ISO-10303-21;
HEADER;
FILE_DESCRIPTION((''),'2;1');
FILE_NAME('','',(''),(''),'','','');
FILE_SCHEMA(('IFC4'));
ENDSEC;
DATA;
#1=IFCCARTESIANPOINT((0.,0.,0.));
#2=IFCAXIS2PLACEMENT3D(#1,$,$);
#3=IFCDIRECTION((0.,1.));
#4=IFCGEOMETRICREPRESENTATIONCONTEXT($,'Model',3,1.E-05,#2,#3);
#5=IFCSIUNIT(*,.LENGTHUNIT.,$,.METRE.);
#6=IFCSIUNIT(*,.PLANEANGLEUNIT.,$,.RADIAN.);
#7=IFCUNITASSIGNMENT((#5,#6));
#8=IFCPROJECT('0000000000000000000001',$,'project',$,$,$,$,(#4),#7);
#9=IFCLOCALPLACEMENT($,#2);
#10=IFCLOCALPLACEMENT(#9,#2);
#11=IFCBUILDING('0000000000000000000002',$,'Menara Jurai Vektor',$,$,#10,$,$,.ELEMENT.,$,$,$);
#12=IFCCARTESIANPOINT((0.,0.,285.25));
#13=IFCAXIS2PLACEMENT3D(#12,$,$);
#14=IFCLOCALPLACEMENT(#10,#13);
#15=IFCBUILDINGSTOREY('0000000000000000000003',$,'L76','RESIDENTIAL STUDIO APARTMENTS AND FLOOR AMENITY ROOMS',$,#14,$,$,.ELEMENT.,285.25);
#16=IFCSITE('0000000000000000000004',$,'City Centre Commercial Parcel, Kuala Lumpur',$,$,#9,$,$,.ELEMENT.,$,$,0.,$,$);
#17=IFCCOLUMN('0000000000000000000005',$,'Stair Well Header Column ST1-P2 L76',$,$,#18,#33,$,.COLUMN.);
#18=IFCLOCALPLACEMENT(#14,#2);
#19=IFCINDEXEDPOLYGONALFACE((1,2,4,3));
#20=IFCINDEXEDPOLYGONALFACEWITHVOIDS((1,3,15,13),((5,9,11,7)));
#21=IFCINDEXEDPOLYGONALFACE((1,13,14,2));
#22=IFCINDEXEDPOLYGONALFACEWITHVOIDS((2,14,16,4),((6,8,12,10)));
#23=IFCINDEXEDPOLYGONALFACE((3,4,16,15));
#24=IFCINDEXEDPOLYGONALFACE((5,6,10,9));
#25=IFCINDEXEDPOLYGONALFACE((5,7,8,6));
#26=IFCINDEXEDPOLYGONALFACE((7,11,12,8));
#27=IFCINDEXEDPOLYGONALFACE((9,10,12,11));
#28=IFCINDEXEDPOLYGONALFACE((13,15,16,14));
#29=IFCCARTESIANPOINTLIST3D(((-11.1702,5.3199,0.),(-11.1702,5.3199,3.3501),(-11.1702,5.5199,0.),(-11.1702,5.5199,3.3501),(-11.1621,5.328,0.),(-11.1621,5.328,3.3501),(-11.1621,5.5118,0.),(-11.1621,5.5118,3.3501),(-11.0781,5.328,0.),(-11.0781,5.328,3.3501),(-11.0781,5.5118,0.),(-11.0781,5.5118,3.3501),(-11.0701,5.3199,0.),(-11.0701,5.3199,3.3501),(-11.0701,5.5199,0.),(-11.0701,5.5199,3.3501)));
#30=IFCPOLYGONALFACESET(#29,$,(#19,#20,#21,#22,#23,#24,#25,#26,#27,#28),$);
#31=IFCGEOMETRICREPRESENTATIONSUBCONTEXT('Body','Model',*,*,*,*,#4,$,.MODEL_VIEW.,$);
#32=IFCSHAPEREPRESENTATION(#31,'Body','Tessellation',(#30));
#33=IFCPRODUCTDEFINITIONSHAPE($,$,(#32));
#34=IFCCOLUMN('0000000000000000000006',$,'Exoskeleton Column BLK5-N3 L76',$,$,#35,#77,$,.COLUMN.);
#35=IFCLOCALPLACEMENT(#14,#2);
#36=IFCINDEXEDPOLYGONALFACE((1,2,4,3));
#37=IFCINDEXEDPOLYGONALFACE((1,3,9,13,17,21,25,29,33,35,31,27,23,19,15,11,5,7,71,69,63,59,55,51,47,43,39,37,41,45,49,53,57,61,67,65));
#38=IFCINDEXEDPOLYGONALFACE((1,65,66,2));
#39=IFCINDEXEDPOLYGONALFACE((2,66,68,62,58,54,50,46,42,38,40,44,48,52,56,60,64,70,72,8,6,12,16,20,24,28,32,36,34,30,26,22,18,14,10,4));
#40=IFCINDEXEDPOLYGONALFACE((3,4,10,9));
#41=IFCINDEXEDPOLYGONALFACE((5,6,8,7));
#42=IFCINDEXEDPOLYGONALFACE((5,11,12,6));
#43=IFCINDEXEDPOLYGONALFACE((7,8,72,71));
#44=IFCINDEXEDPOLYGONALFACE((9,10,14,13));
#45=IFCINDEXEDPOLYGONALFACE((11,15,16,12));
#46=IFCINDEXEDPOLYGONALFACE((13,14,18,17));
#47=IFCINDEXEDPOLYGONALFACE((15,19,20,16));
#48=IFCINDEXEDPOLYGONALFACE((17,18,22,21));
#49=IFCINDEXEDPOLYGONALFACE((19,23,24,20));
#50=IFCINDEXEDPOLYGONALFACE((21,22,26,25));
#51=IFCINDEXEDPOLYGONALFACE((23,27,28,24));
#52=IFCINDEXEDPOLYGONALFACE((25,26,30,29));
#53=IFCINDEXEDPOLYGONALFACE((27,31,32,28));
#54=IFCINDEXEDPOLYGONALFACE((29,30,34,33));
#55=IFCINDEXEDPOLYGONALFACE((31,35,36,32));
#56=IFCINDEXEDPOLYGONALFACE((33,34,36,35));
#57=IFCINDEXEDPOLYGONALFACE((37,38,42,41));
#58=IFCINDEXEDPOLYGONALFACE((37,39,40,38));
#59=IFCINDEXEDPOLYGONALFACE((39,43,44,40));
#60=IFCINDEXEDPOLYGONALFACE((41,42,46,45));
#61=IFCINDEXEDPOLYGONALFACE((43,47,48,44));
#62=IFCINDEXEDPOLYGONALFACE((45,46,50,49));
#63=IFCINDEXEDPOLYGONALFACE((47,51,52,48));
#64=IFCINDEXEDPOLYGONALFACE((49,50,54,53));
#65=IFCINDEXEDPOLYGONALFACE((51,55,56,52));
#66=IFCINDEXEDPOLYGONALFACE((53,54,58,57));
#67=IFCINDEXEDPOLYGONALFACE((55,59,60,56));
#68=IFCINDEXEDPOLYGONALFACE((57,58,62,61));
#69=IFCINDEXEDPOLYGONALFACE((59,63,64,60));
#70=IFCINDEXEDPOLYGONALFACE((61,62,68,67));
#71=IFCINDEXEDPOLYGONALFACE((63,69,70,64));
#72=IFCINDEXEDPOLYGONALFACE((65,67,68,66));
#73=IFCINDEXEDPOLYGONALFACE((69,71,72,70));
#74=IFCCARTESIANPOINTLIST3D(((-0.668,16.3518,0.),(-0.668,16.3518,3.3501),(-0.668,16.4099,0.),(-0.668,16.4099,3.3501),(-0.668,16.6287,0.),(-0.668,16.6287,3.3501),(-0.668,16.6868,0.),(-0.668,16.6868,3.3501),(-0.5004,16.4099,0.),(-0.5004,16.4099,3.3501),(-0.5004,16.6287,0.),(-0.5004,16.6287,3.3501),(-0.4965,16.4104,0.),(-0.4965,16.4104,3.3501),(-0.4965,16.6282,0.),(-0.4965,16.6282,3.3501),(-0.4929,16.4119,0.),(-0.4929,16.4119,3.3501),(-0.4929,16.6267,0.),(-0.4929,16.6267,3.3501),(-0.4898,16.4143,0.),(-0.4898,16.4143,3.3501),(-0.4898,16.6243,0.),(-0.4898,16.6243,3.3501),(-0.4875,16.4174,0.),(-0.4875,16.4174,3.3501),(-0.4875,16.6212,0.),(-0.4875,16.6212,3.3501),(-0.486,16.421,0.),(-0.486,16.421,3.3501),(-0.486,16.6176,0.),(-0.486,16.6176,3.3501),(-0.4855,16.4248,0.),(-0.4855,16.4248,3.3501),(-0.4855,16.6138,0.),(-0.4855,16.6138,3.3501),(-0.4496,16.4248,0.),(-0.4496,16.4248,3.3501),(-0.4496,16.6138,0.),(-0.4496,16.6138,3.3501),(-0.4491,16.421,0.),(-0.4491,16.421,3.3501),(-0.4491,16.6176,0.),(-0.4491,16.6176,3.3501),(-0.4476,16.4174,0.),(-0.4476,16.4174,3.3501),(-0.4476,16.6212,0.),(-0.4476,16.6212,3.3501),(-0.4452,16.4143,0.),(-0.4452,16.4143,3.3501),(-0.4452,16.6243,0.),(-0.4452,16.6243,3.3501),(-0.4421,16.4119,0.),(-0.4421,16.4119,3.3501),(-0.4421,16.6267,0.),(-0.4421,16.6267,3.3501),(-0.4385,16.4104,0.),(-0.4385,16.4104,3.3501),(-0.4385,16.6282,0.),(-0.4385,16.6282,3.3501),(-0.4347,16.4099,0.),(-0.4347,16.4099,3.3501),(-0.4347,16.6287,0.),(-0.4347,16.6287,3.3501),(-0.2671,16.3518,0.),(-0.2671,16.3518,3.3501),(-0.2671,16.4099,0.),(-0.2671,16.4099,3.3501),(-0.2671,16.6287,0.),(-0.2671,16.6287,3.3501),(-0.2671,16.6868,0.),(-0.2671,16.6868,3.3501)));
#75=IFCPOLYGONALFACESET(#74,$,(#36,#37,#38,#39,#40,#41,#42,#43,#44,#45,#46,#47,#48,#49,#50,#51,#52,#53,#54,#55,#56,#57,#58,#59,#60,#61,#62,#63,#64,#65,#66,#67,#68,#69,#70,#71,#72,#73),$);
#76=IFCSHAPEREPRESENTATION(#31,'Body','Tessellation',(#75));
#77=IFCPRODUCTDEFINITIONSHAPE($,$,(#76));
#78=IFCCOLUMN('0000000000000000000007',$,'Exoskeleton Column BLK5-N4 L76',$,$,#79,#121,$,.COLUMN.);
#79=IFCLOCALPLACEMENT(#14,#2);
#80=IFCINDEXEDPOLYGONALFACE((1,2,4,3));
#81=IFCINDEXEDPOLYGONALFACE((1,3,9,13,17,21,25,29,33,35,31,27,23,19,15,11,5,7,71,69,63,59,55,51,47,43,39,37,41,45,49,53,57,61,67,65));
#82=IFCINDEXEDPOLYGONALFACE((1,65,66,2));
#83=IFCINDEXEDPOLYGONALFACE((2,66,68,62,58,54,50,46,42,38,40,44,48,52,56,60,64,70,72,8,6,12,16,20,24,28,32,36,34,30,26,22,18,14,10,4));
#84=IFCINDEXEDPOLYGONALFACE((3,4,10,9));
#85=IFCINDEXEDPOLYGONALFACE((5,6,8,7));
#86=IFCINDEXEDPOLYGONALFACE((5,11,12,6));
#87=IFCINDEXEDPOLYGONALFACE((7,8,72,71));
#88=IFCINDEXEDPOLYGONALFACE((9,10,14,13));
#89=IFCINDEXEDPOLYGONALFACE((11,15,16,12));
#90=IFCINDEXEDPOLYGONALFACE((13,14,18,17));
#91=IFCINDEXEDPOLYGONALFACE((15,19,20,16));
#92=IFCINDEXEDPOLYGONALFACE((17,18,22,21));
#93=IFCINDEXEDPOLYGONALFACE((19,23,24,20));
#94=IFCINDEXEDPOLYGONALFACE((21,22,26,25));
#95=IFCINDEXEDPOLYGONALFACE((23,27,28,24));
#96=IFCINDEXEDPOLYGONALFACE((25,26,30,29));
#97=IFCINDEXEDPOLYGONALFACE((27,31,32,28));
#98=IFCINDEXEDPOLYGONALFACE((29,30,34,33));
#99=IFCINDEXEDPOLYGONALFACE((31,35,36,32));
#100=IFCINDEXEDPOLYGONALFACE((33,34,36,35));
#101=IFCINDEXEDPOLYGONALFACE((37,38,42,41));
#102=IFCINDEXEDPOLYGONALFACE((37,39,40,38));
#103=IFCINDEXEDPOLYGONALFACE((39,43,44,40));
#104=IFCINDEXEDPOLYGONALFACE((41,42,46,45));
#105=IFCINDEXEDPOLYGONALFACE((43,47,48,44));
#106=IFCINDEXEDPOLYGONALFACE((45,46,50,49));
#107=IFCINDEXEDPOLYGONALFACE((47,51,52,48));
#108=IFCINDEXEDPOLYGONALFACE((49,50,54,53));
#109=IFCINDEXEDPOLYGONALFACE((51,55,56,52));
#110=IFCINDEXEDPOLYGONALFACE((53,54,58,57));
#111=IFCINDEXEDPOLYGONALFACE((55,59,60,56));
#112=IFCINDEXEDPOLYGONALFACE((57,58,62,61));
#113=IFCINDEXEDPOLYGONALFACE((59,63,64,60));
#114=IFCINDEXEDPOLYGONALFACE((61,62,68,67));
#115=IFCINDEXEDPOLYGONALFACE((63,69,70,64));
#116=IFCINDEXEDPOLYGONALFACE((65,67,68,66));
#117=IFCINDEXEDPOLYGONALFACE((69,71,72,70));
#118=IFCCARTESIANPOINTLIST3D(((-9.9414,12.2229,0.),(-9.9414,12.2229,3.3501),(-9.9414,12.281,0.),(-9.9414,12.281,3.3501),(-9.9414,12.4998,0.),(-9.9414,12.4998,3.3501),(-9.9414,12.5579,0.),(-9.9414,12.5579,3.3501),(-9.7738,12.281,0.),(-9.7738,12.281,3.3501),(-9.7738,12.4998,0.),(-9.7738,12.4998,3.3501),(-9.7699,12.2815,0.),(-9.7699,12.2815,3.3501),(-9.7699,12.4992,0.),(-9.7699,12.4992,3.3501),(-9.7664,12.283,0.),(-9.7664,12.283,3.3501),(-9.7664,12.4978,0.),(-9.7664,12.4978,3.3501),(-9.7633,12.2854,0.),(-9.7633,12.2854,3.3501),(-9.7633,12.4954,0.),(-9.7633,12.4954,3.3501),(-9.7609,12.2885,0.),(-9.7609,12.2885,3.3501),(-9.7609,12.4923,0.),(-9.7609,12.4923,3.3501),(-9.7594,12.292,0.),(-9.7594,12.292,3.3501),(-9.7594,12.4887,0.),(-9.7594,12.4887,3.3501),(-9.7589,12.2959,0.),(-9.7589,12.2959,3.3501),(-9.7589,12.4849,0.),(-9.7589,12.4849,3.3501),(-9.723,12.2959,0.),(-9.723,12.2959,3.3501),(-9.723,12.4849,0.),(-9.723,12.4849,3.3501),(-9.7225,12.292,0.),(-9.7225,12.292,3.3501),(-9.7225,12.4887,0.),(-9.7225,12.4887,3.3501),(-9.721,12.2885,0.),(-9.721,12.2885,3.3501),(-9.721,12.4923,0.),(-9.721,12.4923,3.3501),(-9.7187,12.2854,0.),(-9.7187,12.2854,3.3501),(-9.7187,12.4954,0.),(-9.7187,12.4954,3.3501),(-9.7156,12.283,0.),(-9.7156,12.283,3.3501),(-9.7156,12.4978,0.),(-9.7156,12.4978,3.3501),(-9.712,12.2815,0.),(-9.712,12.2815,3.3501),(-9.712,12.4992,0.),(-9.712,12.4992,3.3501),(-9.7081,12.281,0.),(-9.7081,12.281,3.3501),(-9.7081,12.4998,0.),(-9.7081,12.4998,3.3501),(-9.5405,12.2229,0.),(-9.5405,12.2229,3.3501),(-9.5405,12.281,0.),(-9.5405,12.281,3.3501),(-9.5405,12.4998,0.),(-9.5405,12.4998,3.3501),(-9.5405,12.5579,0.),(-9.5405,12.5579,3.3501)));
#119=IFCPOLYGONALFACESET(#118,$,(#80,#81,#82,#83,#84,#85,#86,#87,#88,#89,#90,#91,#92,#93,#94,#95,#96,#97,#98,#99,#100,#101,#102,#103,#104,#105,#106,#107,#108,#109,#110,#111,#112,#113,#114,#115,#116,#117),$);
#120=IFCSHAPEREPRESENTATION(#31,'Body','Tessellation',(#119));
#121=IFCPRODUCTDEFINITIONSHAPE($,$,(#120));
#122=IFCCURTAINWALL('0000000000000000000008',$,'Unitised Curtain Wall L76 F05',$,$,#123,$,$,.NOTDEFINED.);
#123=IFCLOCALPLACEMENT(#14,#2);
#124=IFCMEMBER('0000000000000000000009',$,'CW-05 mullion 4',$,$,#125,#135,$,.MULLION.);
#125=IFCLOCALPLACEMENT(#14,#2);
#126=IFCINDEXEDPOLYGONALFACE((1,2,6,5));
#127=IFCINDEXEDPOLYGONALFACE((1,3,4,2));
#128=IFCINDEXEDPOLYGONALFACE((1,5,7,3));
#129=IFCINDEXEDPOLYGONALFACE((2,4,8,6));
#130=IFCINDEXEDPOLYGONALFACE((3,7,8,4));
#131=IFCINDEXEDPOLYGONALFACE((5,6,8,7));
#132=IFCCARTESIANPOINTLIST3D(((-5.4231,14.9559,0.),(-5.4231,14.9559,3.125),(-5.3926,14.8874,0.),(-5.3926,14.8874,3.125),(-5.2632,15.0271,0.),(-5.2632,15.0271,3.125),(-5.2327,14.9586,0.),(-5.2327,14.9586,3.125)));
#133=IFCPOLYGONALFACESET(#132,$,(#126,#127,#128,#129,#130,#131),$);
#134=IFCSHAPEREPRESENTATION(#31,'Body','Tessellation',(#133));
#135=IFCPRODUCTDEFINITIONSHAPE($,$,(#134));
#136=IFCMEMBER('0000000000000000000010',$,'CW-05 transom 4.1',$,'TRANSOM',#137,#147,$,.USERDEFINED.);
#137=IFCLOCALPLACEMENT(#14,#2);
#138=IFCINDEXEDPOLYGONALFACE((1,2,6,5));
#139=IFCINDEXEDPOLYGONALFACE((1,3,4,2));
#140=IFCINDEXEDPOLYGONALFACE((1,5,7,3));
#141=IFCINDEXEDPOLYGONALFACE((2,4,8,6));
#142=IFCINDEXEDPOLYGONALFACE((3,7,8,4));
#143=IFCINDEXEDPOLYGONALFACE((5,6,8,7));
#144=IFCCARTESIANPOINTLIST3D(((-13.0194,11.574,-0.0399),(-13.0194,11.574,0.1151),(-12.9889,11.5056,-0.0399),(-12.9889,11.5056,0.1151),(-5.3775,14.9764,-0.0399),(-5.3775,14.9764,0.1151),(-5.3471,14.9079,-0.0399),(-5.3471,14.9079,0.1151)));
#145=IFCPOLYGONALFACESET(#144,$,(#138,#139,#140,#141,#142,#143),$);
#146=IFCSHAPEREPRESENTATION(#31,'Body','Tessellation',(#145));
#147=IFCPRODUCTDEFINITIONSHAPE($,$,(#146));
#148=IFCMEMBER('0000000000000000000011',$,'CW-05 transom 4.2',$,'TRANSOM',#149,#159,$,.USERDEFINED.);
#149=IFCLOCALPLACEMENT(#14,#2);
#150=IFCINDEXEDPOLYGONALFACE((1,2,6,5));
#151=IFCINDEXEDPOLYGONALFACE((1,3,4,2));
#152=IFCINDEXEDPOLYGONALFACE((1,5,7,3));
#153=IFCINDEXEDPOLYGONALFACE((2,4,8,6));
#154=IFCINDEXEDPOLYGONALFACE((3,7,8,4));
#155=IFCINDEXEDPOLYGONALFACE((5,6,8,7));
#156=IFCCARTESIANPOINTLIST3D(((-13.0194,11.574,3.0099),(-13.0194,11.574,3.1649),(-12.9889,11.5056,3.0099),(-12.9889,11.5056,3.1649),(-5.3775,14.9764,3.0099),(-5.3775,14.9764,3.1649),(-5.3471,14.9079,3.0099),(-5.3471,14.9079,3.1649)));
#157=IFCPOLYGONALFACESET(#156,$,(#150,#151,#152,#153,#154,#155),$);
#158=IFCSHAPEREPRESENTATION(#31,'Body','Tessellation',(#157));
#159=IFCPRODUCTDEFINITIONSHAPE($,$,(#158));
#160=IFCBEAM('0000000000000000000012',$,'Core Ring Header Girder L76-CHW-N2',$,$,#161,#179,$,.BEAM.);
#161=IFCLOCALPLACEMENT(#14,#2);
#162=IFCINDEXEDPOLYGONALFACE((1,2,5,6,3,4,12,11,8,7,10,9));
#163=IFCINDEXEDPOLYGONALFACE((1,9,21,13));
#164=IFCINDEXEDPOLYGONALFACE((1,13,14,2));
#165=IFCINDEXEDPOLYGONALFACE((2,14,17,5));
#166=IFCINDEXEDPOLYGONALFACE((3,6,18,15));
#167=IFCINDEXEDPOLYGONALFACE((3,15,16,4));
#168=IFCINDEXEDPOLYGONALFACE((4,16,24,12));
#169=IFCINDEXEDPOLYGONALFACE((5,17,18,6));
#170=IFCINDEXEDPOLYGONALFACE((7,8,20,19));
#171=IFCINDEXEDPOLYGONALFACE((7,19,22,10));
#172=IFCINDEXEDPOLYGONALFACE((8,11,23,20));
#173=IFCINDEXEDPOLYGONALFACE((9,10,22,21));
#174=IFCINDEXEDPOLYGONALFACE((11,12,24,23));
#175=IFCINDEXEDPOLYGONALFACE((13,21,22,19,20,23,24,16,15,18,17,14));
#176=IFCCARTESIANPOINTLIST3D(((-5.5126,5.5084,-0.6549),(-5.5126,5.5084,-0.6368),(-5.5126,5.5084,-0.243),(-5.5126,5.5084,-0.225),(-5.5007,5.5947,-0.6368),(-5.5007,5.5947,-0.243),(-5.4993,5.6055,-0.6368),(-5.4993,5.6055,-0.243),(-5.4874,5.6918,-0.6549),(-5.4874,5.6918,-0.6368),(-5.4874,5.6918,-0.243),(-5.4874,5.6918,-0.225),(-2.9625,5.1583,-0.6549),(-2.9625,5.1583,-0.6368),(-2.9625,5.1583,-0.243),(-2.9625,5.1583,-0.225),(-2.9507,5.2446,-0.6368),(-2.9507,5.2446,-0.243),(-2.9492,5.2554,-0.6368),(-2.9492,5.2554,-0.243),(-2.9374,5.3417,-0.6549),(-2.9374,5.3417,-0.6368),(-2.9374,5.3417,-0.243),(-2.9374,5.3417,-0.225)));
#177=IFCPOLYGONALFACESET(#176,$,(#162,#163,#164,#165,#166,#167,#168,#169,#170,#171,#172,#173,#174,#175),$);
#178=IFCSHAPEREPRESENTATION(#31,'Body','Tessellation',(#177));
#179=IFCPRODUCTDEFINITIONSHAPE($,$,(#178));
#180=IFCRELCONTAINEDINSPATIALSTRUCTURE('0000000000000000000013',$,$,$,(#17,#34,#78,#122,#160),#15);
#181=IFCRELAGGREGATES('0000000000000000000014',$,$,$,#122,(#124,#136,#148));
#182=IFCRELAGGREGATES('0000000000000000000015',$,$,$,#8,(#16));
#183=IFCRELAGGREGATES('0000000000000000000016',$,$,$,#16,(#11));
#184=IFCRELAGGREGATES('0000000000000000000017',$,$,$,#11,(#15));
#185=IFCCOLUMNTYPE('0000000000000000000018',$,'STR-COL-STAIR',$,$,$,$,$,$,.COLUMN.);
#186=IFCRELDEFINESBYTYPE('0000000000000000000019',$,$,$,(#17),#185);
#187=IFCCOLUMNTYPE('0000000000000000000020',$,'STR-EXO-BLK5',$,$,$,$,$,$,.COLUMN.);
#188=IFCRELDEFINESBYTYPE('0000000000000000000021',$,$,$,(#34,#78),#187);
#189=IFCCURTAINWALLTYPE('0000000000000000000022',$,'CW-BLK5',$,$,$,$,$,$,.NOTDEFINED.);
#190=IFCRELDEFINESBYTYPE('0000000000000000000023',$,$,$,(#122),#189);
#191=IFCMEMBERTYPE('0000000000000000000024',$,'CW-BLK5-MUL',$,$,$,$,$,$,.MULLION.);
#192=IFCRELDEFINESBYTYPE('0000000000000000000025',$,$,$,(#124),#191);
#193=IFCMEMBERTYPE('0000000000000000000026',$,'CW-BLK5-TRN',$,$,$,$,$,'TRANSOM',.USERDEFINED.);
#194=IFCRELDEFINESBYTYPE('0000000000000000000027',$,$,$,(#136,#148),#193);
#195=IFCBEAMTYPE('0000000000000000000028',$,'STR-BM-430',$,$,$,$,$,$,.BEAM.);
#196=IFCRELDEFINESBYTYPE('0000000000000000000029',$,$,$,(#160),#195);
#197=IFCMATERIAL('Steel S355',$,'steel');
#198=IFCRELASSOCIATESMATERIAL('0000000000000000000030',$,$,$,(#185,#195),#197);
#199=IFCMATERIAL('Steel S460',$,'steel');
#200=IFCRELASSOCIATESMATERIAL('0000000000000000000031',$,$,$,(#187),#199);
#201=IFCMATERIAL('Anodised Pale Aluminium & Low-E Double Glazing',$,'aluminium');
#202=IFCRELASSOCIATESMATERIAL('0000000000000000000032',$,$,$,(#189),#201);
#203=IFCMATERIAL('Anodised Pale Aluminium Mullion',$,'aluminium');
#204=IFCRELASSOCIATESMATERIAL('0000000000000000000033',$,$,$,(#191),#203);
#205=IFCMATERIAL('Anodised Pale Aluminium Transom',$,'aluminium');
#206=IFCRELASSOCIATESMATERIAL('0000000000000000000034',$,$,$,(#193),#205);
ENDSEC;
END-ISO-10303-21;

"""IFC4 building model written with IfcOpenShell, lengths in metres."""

from ifc_helpers import new_model, si_unit, direction, frame, origin, origin_2d, place, context, subcontext, project, spatial, rectangle, hollow_rectangle, i_section, extrude, material, material_profile, profile_set, type_object, element, aggregate, save


model = new_model("IFC4")

# Units and contexts
model_context = context("Model", 3, precision=1e-05, world=origin(), true_north=direction((0.0, 1.0)))
body_context = subcontext(model_context, "Body", "Model", "MODEL_VIEW")
ifc_project = project(units=[si_unit("LENGTHUNIT", "METRE"), si_unit("PLANEANGLEUNIT", "RADIAN")], contexts=[model_context])

# Site, building, storey
site_placement = place(None, origin())
site = spatial("IfcSite", under=ifc_project, at=site_placement, Name="City Centre Commercial Parcel, Kuala Lumpur", CompositionType="ELEMENT", RefElevation=0.0)
building_placement = place(site_placement, origin())
building = spatial("IfcBuilding", under=site, at=building_placement, Name="Menara Jurai Vektor", CompositionType="ELEMENT")
storey_placement = place(building_placement, frame((0.0, 0.0, 285.25)))
storey = spatial("IfcBuildingStorey", under=building, at=storey_placement, Name="L76", Description="RESIDENTIAL STUDIO APARTMENTS AND FLOOR AMENITY ROOMS", CompositionType="ELEMENT", Elevation=285.25)

# Columns
ifc_material_1 = material(Name="Steel S355", Category="steel")
ifc_material_profile_1 = material_profile(ifc_material_1, hollow_rectangle(XDim=0.1001, YDim=0.2, WallThickness=0.0081, at=origin_2d()), Name="RHS 200x100x8")
ifc_profile_set_1 = profile_set([ifc_material_profile_1], Name="Steel S355")
column_type_1 = type_object("IfcColumnType", Name="STR-COL-STAIR", PredefinedType="COLUMN", material=ifc_profile_set_1)
column_placement = place(storey_placement, frame((-11.1201, 5.4199, 0.0), z_axis=(0.0, 0.0, 1.0), x_axis=(1.0, 0.0, 0.0)))
element("IfcColumn", 1, at=column_placement, inside=storey, type_object=column_type_1, Name="Stair Well Header Column ST1-P2 L76", PredefinedType="COLUMN", context=body_context, shape_type="SweptSolid", body=[
    extrude(hollow_rectangle(XDim=0.1001, YDim=0.2, WallThickness=0.0081, at=origin_2d()), origin(), (0.0, 0.0, 1.0), 3.3501),
])
ifc_material_2 = material(Name="Steel S460", Category="steel")
ifc_material_profile_2 = material_profile(ifc_material_2, i_section(OverallWidth=0.4009, OverallDepth=0.335, WebThickness=0.0359, FlangeThickness=0.0581, FilletRadius=0.0149, at=origin_2d()), Name="HD 400x463")
ifc_profile_set_2 = profile_set([ifc_material_profile_2], Name="Steel S460")
column_type_2 = type_object("IfcColumnType", Name="STR-EXO-BLK5", PredefinedType="COLUMN", material=ifc_profile_set_2)
for number, where, z_axis, x_axis, name in (
    (2, (-0.4675, 16.5193, 0.0), (0.0, 0.0, 1.0), (1.0, 0.0, 0.0), "Exoskeleton Column BLK5-N3 L76"),
    (3, (-9.741, 12.3904, 0.0), (0.0, 0.0, 1.0), (1.0, 0.0, 0.0), "Exoskeleton Column BLK5-N4 L76"),
):
    element("IfcColumn", number, at=place(storey_placement, frame(where, z_axis=z_axis, x_axis=x_axis)), inside=storey, type_object=column_type_2, Name=name, PredefinedType="COLUMN", context=body_context, shape_type="SweptSolid", body=[
        extrude(i_section(OverallWidth=0.4009, OverallDepth=0.335, WebThickness=0.0359, FlangeThickness=0.0581, FilletRadius=0.0149, at=origin_2d()), origin(), (0.0, 0.0, 1.0), 3.3501),
    ])

# Curtain wall, members
ifc_material_3 = material(Name="Anodised Pale Aluminium & Low-E Double Glazing", Category="aluminium")
curtain_wall_type = type_object("IfcCurtainWallType", Name="CW-BLK5", PredefinedType="NOTDEFINED", material=ifc_material_3)
curtain_wall_placement = place(storey_placement, origin())
curtain_wall = element("IfcCurtainWall", 4, at=curtain_wall_placement, inside=storey, type_object=curtain_wall_type, Name="Unitised Curtain Wall L76 F05", PredefinedType="NOTDEFINED")
ifc_material_4 = material(Name="Anodised Pale Aluminium Mullion", Category="aluminium")
ifc_material_profile_3 = material_profile(ifc_material_4, rectangle(XDim=0.075, YDim=0.175, at=origin_2d()), Name="ALU MUL 75x175")
ifc_profile_set_3 = profile_set([ifc_material_profile_3], Name="Anodised Pale Aluminium Mullion")
member_type_1 = type_object("IfcMemberType", Name="CW-BLK5-MUL", PredefinedType="MULLION", material=ifc_profile_set_3)
member_1_placement = place(storey_placement, frame((-5.3279, 14.9573, 0.0), z_axis=(0.0, 0.0, 1.0), x_axis=(0.406735, -0.913546, 0.0)))
member_1 = element("IfcMember", 5, at=member_1_placement, type_object=member_type_1, Name="CW-05 mullion 4", PredefinedType="MULLION", context=body_context, shape_type="SweptSolid", body=[
    extrude(rectangle(XDim=0.075, YDim=0.175, at=origin_2d()), origin(), (0.0, 0.0, 1.0), 3.125),
])
ifc_material_5 = material(Name="Anodised Pale Aluminium Transom", Category="aluminium")
ifc_material_profile_4 = material_profile(ifc_material_5, rectangle(XDim=0.075, YDim=0.155, at=origin_2d()), Name="ALU TRN 75x155")
ifc_profile_set_4 = profile_set([ifc_material_profile_4], Name="Anodised Pale Aluminium Transom")
member_type_2 = type_object("IfcMemberType", Name="CW-BLK5-TRN", ElementType="TRANSOM", PredefinedType="USERDEFINED", material=ifc_profile_set_4)
member_2_placement = place(storey_placement, frame((-5.3623, 14.9421, 0.0376), z_axis=(-0.913547, -0.406734, 0.0), x_axis=(0.406734, -0.913547, 0.0)))
member_2 = element("IfcMember", 6, at=member_2_placement, type_object=member_type_2, Name="CW-05 transom 4.1", ObjectType="TRANSOM", PredefinedType="USERDEFINED", context=body_context, shape_type="SweptSolid", body=[
    extrude(rectangle(XDim=0.075, YDim=0.155, at=origin_2d()), origin(), (0.0, 0.0, 1.0), 8.365),
])
member_3_placement = place(storey_placement, frame((-5.3623, 14.9421, 3.0874), z_axis=(-0.913547, -0.406734, 0.0), x_axis=(0.406734, -0.913547, 0.0)))
member_3 = element("IfcMember", 7, at=member_3_placement, type_object=member_type_2, Name="CW-05 transom 4.2", ObjectType="TRANSOM", PredefinedType="USERDEFINED", context=body_context, shape_type="SweptSolid", body=[
    extrude(rectangle(XDim=0.075, YDim=0.155, at=origin_2d()), origin(), (0.0, 0.0, 1.0), 8.365),
])

# Beam
ifc_material_profile_5 = material_profile(ifc_material_1, i_section(OverallWidth=0.1851, OverallDepth=0.4299, WebThickness=0.011, FlangeThickness=0.0181, at=origin_2d()), Name="PG 430x185x76")
ifc_profile_set_5 = profile_set([ifc_material_profile_5], Name="Steel S355")
beam_type_1 = type_object("IfcBeamType", Name="STR-BM-430", PredefinedType="BEAM", material=ifc_profile_set_5)
beam_1_placement = place(storey_placement, frame((-5.5, 5.6001, -0.4399), z_axis=(0.990707, -0.136015, 0.0), x_axis=(0.136015, 0.990707, 0.0)))
element("IfcBeam", 8, at=beam_1_placement, inside=storey, type_object=beam_type_1, Name="Core Ring Header Girder L76-CHW-N2", PredefinedType="BEAM", context=body_context, shape_type="SweptSolid", body=[
    extrude(i_section(OverallWidth=0.1851, OverallDepth=0.4299, WebThickness=0.011, FlangeThickness=0.0181, at=origin_2d()), origin(), (0.0, 0.0, 1.0), 2.574),
])

aggregate(curtain_wall, [member_1, member_2, member_3])

save(model, "model.ifc")
